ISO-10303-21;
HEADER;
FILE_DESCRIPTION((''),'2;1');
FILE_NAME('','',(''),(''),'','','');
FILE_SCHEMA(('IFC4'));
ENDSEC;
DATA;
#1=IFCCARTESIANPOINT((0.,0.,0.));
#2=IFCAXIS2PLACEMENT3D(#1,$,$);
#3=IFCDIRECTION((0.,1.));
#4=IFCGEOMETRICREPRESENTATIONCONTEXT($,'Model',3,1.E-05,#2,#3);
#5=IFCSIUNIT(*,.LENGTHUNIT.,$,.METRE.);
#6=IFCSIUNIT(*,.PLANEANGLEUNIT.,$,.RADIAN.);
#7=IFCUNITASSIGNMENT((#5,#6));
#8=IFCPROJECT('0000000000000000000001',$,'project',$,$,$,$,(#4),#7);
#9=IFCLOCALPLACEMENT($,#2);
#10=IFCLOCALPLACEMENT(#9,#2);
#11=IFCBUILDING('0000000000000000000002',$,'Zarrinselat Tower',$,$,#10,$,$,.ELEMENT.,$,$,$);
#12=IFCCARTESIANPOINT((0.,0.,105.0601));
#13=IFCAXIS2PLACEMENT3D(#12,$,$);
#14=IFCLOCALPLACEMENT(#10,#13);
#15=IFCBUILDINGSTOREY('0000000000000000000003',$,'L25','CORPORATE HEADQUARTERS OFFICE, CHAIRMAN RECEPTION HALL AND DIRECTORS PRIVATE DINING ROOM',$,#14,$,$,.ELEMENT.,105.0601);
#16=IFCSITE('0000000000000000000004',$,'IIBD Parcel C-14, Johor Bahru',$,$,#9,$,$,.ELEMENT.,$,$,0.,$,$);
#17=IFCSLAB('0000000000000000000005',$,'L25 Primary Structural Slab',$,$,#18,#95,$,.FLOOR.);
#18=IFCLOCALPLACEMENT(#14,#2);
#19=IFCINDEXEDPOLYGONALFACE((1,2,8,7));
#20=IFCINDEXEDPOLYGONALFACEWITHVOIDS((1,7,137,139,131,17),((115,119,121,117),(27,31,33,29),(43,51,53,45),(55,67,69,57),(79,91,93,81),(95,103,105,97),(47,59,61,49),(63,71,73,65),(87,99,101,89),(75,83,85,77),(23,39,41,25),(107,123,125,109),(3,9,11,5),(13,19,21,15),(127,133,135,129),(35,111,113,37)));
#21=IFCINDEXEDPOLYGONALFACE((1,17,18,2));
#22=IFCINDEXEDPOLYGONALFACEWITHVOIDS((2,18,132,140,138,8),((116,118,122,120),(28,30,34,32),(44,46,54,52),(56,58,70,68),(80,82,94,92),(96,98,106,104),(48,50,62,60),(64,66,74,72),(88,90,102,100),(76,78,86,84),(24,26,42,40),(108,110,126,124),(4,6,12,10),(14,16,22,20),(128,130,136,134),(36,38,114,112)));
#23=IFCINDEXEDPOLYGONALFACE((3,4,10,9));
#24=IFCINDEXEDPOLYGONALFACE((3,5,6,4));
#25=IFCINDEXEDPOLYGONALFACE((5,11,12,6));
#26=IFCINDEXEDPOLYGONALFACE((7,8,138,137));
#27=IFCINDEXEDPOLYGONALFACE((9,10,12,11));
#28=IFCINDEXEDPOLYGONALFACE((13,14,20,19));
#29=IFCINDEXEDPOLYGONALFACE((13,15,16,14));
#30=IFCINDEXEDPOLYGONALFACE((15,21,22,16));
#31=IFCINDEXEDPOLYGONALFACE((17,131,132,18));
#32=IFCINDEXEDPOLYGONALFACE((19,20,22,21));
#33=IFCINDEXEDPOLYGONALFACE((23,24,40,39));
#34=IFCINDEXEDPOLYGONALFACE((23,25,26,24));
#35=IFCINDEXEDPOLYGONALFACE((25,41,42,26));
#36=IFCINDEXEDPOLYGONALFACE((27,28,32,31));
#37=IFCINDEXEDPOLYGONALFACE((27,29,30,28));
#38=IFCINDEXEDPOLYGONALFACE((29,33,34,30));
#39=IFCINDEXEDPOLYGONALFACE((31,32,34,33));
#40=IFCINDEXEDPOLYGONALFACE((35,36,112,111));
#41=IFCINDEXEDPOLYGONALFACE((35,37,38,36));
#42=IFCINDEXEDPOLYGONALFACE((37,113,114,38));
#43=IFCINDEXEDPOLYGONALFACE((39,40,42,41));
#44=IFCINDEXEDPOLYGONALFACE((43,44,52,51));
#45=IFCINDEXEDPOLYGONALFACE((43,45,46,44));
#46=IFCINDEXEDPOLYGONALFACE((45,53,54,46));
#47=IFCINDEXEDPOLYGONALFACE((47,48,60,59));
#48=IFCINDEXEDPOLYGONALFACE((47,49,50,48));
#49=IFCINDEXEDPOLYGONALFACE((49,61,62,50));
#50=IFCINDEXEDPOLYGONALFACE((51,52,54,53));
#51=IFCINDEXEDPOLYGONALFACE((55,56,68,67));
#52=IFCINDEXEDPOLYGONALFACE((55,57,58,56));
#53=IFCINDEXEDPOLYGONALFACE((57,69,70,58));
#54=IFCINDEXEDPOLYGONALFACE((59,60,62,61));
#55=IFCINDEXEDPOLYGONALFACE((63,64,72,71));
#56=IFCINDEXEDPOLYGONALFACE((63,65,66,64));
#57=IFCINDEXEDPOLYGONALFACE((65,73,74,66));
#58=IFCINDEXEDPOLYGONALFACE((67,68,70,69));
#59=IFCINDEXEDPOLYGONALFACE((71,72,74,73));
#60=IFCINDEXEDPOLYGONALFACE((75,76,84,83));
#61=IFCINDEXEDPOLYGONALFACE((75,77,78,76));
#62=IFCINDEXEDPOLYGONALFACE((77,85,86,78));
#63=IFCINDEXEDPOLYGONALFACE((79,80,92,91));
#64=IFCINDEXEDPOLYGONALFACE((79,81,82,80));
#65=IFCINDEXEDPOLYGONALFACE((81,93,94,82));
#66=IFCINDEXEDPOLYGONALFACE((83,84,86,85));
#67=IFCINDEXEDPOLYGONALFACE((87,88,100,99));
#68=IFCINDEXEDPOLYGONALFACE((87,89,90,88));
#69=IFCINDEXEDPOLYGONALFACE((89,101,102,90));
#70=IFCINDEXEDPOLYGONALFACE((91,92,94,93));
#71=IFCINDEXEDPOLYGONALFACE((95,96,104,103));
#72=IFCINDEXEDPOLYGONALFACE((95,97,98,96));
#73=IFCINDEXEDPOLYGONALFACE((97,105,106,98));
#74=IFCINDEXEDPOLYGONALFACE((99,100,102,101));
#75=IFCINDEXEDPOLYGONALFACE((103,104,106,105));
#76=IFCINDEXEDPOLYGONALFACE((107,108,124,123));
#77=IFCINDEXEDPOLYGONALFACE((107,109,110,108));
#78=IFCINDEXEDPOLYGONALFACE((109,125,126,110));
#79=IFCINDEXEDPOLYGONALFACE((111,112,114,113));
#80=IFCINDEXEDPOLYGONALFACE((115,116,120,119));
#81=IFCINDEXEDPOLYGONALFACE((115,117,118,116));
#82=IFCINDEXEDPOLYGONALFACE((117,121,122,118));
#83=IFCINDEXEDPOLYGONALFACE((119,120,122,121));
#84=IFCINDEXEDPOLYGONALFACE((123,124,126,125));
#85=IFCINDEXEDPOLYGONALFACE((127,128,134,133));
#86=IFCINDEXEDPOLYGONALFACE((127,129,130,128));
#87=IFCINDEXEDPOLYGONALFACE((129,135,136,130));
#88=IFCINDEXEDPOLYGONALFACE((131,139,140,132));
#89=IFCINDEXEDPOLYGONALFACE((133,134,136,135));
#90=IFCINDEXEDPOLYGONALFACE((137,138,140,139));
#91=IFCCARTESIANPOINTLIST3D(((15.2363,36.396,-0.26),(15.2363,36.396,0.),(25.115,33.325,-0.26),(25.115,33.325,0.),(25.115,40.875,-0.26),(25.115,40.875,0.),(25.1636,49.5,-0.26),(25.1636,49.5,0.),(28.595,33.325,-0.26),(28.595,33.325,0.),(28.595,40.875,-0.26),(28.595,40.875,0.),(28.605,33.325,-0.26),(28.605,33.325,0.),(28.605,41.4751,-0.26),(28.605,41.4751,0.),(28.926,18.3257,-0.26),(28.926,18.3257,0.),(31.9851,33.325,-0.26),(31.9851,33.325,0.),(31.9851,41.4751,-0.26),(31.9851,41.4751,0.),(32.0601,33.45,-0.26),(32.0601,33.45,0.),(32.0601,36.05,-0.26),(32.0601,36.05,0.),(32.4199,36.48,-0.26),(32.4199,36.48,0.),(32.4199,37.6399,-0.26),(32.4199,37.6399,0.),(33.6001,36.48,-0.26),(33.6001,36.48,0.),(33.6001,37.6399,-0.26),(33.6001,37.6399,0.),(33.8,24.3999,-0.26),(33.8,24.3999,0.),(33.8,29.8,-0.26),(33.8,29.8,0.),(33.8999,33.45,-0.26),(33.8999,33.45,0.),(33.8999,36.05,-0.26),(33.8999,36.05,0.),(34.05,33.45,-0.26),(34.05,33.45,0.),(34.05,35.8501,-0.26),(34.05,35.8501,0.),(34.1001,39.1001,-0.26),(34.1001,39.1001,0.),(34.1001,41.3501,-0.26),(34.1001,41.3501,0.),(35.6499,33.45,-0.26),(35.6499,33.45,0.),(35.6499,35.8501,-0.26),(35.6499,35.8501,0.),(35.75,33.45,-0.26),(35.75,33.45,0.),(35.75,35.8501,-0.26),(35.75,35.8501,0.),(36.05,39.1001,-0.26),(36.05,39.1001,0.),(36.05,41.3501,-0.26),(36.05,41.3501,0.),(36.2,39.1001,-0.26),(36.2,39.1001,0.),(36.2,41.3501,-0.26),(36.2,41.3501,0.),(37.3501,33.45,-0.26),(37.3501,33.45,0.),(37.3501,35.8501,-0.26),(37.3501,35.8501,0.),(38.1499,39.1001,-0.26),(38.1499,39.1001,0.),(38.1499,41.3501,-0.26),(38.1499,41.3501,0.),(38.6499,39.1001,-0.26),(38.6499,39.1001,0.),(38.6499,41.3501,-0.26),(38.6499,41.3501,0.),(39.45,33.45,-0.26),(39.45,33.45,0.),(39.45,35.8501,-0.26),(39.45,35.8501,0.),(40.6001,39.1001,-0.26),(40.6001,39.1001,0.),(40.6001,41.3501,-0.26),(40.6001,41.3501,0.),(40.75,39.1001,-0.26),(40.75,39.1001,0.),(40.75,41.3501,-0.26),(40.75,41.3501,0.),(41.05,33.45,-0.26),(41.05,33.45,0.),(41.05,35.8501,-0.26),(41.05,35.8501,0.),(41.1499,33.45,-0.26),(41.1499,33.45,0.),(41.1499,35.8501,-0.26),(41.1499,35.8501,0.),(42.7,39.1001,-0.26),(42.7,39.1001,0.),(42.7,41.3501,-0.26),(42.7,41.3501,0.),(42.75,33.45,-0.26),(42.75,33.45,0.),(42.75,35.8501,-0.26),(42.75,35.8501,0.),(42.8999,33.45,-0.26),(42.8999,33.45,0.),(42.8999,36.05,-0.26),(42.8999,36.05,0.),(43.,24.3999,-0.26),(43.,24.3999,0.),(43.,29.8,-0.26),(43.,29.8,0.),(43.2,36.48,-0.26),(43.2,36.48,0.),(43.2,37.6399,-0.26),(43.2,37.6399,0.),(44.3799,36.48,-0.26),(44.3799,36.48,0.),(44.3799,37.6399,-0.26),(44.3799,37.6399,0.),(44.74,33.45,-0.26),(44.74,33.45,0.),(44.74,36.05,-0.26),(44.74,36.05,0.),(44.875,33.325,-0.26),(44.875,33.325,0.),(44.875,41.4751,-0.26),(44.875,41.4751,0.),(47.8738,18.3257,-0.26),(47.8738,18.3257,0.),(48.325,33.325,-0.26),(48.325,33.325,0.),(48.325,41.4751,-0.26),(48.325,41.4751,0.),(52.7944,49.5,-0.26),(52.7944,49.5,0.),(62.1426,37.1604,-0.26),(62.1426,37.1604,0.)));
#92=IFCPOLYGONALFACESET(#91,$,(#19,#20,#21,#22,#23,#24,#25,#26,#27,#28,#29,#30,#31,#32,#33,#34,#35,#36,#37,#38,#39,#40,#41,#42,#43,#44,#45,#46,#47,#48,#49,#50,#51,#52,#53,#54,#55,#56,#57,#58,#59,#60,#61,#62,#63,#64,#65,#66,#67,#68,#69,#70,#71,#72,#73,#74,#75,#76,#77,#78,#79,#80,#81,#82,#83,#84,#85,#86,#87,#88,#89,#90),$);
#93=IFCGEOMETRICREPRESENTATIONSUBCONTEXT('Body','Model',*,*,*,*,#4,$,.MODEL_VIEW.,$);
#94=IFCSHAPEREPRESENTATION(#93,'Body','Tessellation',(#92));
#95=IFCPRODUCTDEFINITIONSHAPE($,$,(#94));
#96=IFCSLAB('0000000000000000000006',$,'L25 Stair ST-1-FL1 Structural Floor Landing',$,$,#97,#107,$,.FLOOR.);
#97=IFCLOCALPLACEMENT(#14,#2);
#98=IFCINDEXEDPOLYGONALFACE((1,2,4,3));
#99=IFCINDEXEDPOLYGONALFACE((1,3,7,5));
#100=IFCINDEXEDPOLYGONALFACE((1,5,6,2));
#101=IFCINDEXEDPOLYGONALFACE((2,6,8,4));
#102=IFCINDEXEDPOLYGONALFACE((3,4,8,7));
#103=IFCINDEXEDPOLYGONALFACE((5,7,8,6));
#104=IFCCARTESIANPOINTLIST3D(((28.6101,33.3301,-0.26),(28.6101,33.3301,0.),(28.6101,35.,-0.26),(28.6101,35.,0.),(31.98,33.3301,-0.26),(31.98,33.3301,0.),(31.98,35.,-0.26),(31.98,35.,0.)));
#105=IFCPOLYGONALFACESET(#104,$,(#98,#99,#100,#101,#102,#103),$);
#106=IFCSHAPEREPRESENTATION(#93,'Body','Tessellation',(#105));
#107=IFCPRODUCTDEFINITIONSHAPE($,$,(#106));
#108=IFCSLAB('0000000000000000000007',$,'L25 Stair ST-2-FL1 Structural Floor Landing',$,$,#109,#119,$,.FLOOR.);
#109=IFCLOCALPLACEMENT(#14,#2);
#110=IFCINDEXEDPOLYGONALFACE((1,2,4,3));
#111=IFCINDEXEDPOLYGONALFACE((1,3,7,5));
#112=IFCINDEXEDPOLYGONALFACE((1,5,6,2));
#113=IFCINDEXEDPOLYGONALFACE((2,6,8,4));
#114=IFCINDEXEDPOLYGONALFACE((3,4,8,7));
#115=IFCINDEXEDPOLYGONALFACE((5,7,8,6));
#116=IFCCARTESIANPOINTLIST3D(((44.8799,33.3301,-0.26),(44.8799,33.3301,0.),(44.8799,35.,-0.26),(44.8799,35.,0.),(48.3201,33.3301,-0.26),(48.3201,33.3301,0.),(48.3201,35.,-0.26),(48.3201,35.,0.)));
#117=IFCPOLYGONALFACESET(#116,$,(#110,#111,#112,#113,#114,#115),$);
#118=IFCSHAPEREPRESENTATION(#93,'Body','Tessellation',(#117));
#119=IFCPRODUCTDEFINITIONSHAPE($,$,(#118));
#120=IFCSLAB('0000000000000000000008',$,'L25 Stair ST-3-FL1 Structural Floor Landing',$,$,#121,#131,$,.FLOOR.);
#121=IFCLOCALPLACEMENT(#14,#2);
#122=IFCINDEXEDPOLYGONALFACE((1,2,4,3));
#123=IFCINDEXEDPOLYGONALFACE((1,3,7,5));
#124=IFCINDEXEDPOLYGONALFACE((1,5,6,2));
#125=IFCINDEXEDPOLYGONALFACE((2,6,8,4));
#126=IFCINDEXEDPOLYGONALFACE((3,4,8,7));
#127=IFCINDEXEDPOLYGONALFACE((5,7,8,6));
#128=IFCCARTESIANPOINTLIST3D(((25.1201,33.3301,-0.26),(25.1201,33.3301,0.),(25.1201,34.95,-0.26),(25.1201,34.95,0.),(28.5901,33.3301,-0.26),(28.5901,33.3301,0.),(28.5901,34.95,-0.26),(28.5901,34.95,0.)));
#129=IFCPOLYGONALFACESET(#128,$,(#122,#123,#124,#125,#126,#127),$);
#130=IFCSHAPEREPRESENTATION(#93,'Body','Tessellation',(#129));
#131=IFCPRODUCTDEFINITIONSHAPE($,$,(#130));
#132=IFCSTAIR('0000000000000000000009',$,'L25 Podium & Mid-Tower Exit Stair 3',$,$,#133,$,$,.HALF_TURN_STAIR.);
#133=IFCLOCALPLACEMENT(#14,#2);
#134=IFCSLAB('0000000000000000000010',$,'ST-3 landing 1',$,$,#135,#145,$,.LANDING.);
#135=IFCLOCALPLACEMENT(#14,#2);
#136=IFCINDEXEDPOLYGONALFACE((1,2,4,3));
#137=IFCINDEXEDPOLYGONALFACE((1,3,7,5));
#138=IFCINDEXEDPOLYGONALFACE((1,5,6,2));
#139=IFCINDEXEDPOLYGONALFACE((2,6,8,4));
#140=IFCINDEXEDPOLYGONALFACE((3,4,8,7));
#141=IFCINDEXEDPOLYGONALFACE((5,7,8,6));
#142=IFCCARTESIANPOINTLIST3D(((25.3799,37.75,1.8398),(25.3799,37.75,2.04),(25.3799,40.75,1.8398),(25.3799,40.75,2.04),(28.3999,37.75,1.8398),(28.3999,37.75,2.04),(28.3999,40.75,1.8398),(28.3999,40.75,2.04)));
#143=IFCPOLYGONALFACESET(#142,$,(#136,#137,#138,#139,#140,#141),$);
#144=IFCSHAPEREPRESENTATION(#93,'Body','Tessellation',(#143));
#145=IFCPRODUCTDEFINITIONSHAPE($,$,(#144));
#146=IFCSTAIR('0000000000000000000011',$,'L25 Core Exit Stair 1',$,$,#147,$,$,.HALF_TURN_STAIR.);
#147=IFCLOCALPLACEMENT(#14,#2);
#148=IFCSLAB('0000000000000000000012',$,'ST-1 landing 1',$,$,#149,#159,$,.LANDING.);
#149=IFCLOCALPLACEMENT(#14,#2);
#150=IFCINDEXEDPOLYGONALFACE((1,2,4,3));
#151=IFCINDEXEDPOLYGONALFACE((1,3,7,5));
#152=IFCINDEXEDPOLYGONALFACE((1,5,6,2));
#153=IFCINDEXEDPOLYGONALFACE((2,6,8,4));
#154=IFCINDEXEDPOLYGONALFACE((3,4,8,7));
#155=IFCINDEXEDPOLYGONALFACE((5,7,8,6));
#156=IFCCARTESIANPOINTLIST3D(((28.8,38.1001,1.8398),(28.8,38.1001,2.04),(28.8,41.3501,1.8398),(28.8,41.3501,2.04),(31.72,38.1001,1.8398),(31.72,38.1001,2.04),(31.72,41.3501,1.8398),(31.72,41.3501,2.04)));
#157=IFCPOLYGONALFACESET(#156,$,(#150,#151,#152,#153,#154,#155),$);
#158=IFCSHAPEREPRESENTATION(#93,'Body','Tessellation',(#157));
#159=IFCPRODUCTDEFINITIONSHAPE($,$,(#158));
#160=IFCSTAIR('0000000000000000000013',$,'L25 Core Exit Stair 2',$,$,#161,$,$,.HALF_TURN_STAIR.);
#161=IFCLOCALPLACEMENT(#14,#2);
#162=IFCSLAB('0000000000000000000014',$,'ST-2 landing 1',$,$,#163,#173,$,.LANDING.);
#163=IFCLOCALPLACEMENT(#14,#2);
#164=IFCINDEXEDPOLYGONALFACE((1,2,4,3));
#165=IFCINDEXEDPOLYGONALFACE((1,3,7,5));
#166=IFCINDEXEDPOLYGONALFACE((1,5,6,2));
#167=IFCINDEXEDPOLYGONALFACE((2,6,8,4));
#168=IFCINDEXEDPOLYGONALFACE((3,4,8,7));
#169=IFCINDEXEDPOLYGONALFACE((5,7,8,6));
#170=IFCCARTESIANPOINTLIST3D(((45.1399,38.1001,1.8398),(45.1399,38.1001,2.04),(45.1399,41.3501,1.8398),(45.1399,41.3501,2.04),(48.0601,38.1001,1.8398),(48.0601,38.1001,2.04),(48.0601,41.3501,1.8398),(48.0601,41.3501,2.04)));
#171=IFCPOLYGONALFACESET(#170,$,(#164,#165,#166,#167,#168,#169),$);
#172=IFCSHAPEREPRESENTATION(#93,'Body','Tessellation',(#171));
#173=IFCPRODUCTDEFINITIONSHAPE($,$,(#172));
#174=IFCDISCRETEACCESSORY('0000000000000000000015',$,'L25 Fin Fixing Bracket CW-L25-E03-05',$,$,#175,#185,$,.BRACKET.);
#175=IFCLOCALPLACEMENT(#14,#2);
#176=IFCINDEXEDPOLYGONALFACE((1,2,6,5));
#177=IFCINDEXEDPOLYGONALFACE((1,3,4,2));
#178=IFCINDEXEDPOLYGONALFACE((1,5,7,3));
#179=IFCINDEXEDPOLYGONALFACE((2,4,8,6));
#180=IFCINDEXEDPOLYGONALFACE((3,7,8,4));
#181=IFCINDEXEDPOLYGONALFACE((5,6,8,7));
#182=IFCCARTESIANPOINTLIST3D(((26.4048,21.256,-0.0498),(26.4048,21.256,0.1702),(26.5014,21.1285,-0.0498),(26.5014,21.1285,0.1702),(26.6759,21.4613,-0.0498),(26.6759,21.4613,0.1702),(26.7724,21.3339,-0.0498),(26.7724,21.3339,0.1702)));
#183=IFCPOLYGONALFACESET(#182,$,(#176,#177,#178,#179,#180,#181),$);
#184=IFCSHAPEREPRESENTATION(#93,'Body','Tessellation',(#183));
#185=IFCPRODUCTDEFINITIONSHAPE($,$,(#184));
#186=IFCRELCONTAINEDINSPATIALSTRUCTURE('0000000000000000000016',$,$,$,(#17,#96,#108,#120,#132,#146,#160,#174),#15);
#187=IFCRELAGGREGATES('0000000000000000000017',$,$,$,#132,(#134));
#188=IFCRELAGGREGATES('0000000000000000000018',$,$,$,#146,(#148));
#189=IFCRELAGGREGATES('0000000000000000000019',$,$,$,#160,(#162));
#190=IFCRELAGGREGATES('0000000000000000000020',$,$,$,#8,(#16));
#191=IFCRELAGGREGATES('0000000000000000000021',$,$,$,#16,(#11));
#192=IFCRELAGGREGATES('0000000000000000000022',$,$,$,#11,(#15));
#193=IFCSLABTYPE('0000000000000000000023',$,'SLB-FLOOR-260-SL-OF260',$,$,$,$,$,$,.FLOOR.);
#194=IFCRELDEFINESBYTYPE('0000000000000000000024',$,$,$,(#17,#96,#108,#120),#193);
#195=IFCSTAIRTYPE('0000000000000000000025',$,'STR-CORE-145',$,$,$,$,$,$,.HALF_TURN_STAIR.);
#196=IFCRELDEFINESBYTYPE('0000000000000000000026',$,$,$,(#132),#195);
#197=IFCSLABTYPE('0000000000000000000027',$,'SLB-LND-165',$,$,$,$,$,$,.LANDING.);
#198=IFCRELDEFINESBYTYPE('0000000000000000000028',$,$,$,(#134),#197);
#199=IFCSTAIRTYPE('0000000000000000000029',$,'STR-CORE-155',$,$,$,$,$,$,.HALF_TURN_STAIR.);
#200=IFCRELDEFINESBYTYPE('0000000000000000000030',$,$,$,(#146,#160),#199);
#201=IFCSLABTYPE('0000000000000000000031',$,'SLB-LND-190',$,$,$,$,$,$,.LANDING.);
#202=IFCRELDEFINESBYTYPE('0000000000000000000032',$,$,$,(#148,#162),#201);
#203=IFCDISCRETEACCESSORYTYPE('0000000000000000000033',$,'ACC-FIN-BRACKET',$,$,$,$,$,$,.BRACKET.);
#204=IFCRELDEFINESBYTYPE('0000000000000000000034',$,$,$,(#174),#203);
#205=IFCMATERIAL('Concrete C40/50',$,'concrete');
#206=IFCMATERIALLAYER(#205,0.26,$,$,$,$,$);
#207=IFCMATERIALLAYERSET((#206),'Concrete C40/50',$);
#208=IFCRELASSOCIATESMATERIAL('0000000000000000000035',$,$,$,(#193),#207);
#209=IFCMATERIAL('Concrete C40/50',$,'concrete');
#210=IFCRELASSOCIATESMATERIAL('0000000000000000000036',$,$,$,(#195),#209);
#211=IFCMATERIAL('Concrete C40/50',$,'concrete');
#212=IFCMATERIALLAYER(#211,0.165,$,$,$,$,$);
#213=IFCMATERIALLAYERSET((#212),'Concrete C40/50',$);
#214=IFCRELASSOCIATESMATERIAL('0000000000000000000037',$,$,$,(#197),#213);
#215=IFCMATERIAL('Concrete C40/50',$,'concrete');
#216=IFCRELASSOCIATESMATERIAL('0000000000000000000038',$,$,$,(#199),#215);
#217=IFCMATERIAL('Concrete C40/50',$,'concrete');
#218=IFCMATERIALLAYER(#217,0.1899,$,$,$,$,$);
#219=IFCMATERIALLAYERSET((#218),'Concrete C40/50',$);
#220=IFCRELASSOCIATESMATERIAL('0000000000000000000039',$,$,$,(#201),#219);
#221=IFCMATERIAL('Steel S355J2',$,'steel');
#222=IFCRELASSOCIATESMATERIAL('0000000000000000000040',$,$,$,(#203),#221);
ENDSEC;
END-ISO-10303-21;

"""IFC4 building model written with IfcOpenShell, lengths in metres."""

from ifc_helpers import new_model, si_unit, direction, frame, origin, origin_2d, place, context, subcontext, project, spatial, polyline, rectangle, outline, extrude, material, layer, layer_set, type_object, element, aggregate, save


model = new_model("IFC4")

# Units and contexts
model_context = context("Model", 3, precision=1e-05, world=origin(), true_north=direction((0.0, 1.0)))
body_context = subcontext(model_context, "Body", "Model", "MODEL_VIEW")
ifc_project = project(units=[si_unit("LENGTHUNIT", "METRE"), si_unit("PLANEANGLEUNIT", "RADIAN")], contexts=[model_context])

# Site, building, storey
site_placement = place(None, origin())
site = spatial("IfcSite", under=ifc_project, at=site_placement, Name="IIBD Parcel C-14, Johor Bahru", CompositionType="ELEMENT", RefElevation=0.0)
building_placement = place(site_placement, origin())
building = spatial("IfcBuilding", under=site, at=building_placement, Name="Zarrinselat Tower", CompositionType="ELEMENT")
storey_placement = place(building_placement, frame((0.0, 0.0, 105.0601)))
storey = spatial("IfcBuildingStorey", under=building, at=storey_placement, Name="L25", Description="CORPORATE HEADQUARTERS OFFICE, CHAIRMAN RECEPTION HALL AND DIRECTORS PRIVATE DINING ROOM", CompositionType="ELEMENT", Elevation=105.0601)

# Slabs
ifc_material_1 = material(Name="Concrete C40/50", Category="concrete")
ifc_layer_1 = layer(ifc_material_1, 0.26)
ifc_layer_set_1 = layer_set([ifc_layer_1], Name="Concrete C40/50")
slab_type_1 = type_object("IfcSlabType", Name="SLB-FLOOR-260-SL-OF260", PredefinedType="FLOOR", material=ifc_layer_set_1)
slab_1_placement = place(storey_placement, frame((0.0, 0.0, -0.26)))
element("IfcSlab", 1, at=slab_1_placement, inside=storey, type_object=slab_type_1, Name="L25 Primary Structural Slab", PredefinedType="FLOOR", context=body_context, shape_type="SweptSolid", body=[
    extrude(outline(polyline([(52.7944, 49.5), (25.1636, 49.5), (15.2363, 36.396), (28.926, 18.3257), (47.8738, 18.3257), (62.1426, 37.1604), (52.7944, 49.5)]), holes=[polyline([(34.05, 33.45), (34.05, 35.8501), (35.6499, 35.8501), (35.6499, 33.45), (34.05, 33.45)]), polyline([(35.75, 33.45), (35.75, 35.8501), (37.3501, 35.8501), (37.3501, 33.45), (35.75, 33.45)]), polyline([(32.0601, 33.45), (32.0601, 36.05), (33.8999, 36.05), (33.8999, 33.45), (32.0601, 33.45)]), polyline([(32.4199, 36.48), (32.4199, 37.6399), (33.6001, 37.6399), (33.6001, 36.48), (32.4199, 36.48)]), polyline([(28.595, 33.325), (25.115, 33.325), (25.115, 40.875), (28.595, 40.875), (28.595, 33.325)]), polyline([(31.9851, 33.325), (28.605, 33.325), (28.605, 41.4751), (31.9851, 41.4751), (31.9851, 33.325)]), polyline([(34.1001, 39.1001), (34.1001, 41.3501), (36.05, 41.3501), (36.05, 39.1001), (34.1001, 39.1001)]), polyline([(36.2, 39.1001), (36.2, 41.3501), (38.1499, 41.3501), (38.1499, 39.1001), (36.2, 39.1001)]), polyline([(33.8, 24.3999), (33.8, 29.8), (43.0, 29.8), (43.0, 24.3999), (33.8, 24.3999)]), polyline([(39.45, 33.45), (39.45, 35.8501), (41.05, 35.8501), (41.05, 33.45), (39.45, 33.45)]), polyline([(41.1499, 33.45), (41.1499, 35.8501), (42.75, 35.8501), (42.75, 33.45), (41.1499, 33.45)]), polyline([(42.8999, 33.45), (42.8999, 36.05), (44.74, 36.05), (44.74, 33.45), (42.8999, 33.45)]), polyline([(43.2, 36.48), (43.2, 37.6399), (44.3799, 37.6399), (44.3799, 36.48), (43.2, 36.48)]), polyline([(48.325, 33.325), (44.875, 33.325), (44.875, 41.4751), (48.325, 41.4751), (48.325, 33.325)]), polyline([(38.6499, 39.1001), (38.6499, 41.3501), (40.6001, 41.3501), (40.6001, 39.1001), (38.6499, 39.1001)]), polyline([(40.75, 39.1001), (40.75, 41.3501), (42.7, 41.3501), (42.7, 39.1001), (40.75, 39.1001)])]), origin(), (0.0, 0.0, 1.0), 0.26),
])
slab_2_placement = place(storey_placement, frame((0.0, 0.0, -0.26)))
element("IfcSlab", 2, at=slab_2_placement, inside=storey, type_object=slab_type_1, Name="L25 Stair ST-1-FL1 Structural Floor Landing", PredefinedType="FLOOR", context=body_context, shape_type="SweptSolid", body=[
    extrude(outline(polyline([(31.98, 33.3301), (31.98, 35.0), (28.6101, 35.0), (28.6101, 33.3301), (31.98, 33.3301)])), origin(), (0.0, 0.0, 1.0), 0.26),
])
slab_3_placement = place(storey_placement, frame((0.0, 0.0, -0.26)))
element("IfcSlab", 3, at=slab_3_placement, inside=storey, type_object=slab_type_1, Name="L25 Stair ST-2-FL1 Structural Floor Landing", PredefinedType="FLOOR", context=body_context, shape_type="SweptSolid", body=[
    extrude(outline(polyline([(48.3201, 33.3301), (48.3201, 35.0), (44.8799, 35.0), (44.8799, 33.3301), (48.3201, 33.3301)])), origin(), (0.0, 0.0, 1.0), 0.26),
])
slab_4_placement = place(storey_placement, frame((0.0, 0.0, -0.26)))
element("IfcSlab", 4, at=slab_4_placement, inside=storey, type_object=slab_type_1, Name="L25 Stair ST-3-FL1 Structural Floor Landing", PredefinedType="FLOOR", context=body_context, shape_type="SweptSolid", body=[
    extrude(outline(polyline([(28.5901, 33.3301), (28.5901, 34.95), (25.1201, 34.95), (25.1201, 33.3301), (28.5901, 33.3301)])), origin(), (0.0, 0.0, 1.0), 0.26),
])

# Stairs, slabs
ifc_material_2 = material(Name="Concrete C40/50", Category="concrete")
stair_type_1 = type_object("IfcStairType", Name="STR-CORE-145", PredefinedType="HALF_TURN_STAIR", material=ifc_material_2)
stair_1_placement = place(storey_placement, origin())
stair_1 = element("IfcStair", 5, at=stair_1_placement, inside=storey, type_object=stair_type_1, Name="L25 Podium & Mid-Tower Exit Stair 3", PredefinedType="HALF_TURN_STAIR")
ifc_material_3 = material(Name="Concrete C40/50", Category="concrete")
ifc_layer_2 = layer(ifc_material_3, 0.165)
ifc_layer_set_2 = layer_set([ifc_layer_2], Name="Concrete C40/50")
slab_type_2 = type_object("IfcSlabType", Name="SLB-LND-165", PredefinedType="LANDING", material=ifc_layer_set_2)
slab_5_placement = place(storey_placement, frame((0.0, 0.0, 1.8398)))
slab_5 = element("IfcSlab", 6, at=slab_5_placement, type_object=slab_type_2, Name="ST-3 landing 1", PredefinedType="LANDING", context=body_context, shape_type="SweptSolid", body=[
    extrude(outline(polyline([(28.3999, 37.75), (28.3999, 40.75), (25.3799, 40.75), (25.3799, 37.75), (28.3999, 37.75)])), origin(), (0.0, 0.0, 1.0), 0.2002),
])
aggregate(stair_1, [slab_5])
ifc_material_4 = material(Name="Concrete C40/50", Category="concrete")
stair_type_2 = type_object("IfcStairType", Name="STR-CORE-155", PredefinedType="HALF_TURN_STAIR", material=ifc_material_4)
stair_2_placement = place(storey_placement, origin())
stair_2 = element("IfcStair", 7, at=stair_2_placement, inside=storey, type_object=stair_type_2, Name="L25 Core Exit Stair 1", PredefinedType="HALF_TURN_STAIR")
ifc_material_5 = material(Name="Concrete C40/50", Category="concrete")
ifc_layer_3 = layer(ifc_material_5, 0.1899)
ifc_layer_set_3 = layer_set([ifc_layer_3], Name="Concrete C40/50")
slab_type_3 = type_object("IfcSlabType", Name="SLB-LND-190", PredefinedType="LANDING", material=ifc_layer_set_3)
slab_6_placement = place(storey_placement, frame((0.0, 0.0, 1.8398)))
slab_6 = element("IfcSlab", 8, at=slab_6_placement, type_object=slab_type_3, Name="ST-1 landing 1", PredefinedType="LANDING", context=body_context, shape_type="SweptSolid", body=[
    extrude(outline(polyline([(31.72, 38.1001), (31.72, 41.3501), (28.8, 41.3501), (28.8, 38.1001), (31.72, 38.1001)])), origin(), (0.0, 0.0, 1.0), 0.2002),
])
aggregate(stair_2, [slab_6])
stair_3_placement = place(storey_placement, origin())
stair_3 = element("IfcStair", 9, at=stair_3_placement, inside=storey, type_object=stair_type_2, Name="L25 Core Exit Stair 2", PredefinedType="HALF_TURN_STAIR")
slab_7_placement = place(storey_placement, frame((0.0, 0.0, 1.8398)))
slab_7 = element("IfcSlab", 10, at=slab_7_placement, type_object=slab_type_3, Name="ST-2 landing 1", PredefinedType="LANDING", context=body_context, shape_type="SweptSolid", body=[
    extrude(outline(polyline([(48.0601, 38.1001), (48.0601, 41.3501), (45.1399, 41.3501), (45.1399, 38.1001), (48.0601, 38.1001)])), origin(), (0.0, 0.0, 1.0), 0.2002),
])
aggregate(stair_3, [slab_7])

# Discrete accessory
ifc_material_6 = material(Name="Steel S355J2", Category="steel")
discrete_accessory_type = type_object("IfcDiscreteAccessoryType", Name="ACC-FIN-BRACKET", PredefinedType="BRACKET", material=ifc_material_6)
discrete_accessory_placement = place(storey_placement, frame((26.5886, 21.2949, -0.0498), z_axis=(0.0, 0.0, 1.0), x_axis=(-0.797092, -0.603858, 0.0)))
element("IfcDiscreteAccessory", 11, at=discrete_accessory_placement, inside=storey, type_object=discrete_accessory_type, Name="L25 Fin Fixing Bracket CW-L25-E03-05", PredefinedType="BRACKET", context=body_context, shape_type="SweptSolid", body=[
    extrude(rectangle(XDim=0.3401, YDim=0.1599, at=origin_2d()), origin(), (0.0, 0.0, 1.0), 0.22),
])

save(model, "model.ifc")
